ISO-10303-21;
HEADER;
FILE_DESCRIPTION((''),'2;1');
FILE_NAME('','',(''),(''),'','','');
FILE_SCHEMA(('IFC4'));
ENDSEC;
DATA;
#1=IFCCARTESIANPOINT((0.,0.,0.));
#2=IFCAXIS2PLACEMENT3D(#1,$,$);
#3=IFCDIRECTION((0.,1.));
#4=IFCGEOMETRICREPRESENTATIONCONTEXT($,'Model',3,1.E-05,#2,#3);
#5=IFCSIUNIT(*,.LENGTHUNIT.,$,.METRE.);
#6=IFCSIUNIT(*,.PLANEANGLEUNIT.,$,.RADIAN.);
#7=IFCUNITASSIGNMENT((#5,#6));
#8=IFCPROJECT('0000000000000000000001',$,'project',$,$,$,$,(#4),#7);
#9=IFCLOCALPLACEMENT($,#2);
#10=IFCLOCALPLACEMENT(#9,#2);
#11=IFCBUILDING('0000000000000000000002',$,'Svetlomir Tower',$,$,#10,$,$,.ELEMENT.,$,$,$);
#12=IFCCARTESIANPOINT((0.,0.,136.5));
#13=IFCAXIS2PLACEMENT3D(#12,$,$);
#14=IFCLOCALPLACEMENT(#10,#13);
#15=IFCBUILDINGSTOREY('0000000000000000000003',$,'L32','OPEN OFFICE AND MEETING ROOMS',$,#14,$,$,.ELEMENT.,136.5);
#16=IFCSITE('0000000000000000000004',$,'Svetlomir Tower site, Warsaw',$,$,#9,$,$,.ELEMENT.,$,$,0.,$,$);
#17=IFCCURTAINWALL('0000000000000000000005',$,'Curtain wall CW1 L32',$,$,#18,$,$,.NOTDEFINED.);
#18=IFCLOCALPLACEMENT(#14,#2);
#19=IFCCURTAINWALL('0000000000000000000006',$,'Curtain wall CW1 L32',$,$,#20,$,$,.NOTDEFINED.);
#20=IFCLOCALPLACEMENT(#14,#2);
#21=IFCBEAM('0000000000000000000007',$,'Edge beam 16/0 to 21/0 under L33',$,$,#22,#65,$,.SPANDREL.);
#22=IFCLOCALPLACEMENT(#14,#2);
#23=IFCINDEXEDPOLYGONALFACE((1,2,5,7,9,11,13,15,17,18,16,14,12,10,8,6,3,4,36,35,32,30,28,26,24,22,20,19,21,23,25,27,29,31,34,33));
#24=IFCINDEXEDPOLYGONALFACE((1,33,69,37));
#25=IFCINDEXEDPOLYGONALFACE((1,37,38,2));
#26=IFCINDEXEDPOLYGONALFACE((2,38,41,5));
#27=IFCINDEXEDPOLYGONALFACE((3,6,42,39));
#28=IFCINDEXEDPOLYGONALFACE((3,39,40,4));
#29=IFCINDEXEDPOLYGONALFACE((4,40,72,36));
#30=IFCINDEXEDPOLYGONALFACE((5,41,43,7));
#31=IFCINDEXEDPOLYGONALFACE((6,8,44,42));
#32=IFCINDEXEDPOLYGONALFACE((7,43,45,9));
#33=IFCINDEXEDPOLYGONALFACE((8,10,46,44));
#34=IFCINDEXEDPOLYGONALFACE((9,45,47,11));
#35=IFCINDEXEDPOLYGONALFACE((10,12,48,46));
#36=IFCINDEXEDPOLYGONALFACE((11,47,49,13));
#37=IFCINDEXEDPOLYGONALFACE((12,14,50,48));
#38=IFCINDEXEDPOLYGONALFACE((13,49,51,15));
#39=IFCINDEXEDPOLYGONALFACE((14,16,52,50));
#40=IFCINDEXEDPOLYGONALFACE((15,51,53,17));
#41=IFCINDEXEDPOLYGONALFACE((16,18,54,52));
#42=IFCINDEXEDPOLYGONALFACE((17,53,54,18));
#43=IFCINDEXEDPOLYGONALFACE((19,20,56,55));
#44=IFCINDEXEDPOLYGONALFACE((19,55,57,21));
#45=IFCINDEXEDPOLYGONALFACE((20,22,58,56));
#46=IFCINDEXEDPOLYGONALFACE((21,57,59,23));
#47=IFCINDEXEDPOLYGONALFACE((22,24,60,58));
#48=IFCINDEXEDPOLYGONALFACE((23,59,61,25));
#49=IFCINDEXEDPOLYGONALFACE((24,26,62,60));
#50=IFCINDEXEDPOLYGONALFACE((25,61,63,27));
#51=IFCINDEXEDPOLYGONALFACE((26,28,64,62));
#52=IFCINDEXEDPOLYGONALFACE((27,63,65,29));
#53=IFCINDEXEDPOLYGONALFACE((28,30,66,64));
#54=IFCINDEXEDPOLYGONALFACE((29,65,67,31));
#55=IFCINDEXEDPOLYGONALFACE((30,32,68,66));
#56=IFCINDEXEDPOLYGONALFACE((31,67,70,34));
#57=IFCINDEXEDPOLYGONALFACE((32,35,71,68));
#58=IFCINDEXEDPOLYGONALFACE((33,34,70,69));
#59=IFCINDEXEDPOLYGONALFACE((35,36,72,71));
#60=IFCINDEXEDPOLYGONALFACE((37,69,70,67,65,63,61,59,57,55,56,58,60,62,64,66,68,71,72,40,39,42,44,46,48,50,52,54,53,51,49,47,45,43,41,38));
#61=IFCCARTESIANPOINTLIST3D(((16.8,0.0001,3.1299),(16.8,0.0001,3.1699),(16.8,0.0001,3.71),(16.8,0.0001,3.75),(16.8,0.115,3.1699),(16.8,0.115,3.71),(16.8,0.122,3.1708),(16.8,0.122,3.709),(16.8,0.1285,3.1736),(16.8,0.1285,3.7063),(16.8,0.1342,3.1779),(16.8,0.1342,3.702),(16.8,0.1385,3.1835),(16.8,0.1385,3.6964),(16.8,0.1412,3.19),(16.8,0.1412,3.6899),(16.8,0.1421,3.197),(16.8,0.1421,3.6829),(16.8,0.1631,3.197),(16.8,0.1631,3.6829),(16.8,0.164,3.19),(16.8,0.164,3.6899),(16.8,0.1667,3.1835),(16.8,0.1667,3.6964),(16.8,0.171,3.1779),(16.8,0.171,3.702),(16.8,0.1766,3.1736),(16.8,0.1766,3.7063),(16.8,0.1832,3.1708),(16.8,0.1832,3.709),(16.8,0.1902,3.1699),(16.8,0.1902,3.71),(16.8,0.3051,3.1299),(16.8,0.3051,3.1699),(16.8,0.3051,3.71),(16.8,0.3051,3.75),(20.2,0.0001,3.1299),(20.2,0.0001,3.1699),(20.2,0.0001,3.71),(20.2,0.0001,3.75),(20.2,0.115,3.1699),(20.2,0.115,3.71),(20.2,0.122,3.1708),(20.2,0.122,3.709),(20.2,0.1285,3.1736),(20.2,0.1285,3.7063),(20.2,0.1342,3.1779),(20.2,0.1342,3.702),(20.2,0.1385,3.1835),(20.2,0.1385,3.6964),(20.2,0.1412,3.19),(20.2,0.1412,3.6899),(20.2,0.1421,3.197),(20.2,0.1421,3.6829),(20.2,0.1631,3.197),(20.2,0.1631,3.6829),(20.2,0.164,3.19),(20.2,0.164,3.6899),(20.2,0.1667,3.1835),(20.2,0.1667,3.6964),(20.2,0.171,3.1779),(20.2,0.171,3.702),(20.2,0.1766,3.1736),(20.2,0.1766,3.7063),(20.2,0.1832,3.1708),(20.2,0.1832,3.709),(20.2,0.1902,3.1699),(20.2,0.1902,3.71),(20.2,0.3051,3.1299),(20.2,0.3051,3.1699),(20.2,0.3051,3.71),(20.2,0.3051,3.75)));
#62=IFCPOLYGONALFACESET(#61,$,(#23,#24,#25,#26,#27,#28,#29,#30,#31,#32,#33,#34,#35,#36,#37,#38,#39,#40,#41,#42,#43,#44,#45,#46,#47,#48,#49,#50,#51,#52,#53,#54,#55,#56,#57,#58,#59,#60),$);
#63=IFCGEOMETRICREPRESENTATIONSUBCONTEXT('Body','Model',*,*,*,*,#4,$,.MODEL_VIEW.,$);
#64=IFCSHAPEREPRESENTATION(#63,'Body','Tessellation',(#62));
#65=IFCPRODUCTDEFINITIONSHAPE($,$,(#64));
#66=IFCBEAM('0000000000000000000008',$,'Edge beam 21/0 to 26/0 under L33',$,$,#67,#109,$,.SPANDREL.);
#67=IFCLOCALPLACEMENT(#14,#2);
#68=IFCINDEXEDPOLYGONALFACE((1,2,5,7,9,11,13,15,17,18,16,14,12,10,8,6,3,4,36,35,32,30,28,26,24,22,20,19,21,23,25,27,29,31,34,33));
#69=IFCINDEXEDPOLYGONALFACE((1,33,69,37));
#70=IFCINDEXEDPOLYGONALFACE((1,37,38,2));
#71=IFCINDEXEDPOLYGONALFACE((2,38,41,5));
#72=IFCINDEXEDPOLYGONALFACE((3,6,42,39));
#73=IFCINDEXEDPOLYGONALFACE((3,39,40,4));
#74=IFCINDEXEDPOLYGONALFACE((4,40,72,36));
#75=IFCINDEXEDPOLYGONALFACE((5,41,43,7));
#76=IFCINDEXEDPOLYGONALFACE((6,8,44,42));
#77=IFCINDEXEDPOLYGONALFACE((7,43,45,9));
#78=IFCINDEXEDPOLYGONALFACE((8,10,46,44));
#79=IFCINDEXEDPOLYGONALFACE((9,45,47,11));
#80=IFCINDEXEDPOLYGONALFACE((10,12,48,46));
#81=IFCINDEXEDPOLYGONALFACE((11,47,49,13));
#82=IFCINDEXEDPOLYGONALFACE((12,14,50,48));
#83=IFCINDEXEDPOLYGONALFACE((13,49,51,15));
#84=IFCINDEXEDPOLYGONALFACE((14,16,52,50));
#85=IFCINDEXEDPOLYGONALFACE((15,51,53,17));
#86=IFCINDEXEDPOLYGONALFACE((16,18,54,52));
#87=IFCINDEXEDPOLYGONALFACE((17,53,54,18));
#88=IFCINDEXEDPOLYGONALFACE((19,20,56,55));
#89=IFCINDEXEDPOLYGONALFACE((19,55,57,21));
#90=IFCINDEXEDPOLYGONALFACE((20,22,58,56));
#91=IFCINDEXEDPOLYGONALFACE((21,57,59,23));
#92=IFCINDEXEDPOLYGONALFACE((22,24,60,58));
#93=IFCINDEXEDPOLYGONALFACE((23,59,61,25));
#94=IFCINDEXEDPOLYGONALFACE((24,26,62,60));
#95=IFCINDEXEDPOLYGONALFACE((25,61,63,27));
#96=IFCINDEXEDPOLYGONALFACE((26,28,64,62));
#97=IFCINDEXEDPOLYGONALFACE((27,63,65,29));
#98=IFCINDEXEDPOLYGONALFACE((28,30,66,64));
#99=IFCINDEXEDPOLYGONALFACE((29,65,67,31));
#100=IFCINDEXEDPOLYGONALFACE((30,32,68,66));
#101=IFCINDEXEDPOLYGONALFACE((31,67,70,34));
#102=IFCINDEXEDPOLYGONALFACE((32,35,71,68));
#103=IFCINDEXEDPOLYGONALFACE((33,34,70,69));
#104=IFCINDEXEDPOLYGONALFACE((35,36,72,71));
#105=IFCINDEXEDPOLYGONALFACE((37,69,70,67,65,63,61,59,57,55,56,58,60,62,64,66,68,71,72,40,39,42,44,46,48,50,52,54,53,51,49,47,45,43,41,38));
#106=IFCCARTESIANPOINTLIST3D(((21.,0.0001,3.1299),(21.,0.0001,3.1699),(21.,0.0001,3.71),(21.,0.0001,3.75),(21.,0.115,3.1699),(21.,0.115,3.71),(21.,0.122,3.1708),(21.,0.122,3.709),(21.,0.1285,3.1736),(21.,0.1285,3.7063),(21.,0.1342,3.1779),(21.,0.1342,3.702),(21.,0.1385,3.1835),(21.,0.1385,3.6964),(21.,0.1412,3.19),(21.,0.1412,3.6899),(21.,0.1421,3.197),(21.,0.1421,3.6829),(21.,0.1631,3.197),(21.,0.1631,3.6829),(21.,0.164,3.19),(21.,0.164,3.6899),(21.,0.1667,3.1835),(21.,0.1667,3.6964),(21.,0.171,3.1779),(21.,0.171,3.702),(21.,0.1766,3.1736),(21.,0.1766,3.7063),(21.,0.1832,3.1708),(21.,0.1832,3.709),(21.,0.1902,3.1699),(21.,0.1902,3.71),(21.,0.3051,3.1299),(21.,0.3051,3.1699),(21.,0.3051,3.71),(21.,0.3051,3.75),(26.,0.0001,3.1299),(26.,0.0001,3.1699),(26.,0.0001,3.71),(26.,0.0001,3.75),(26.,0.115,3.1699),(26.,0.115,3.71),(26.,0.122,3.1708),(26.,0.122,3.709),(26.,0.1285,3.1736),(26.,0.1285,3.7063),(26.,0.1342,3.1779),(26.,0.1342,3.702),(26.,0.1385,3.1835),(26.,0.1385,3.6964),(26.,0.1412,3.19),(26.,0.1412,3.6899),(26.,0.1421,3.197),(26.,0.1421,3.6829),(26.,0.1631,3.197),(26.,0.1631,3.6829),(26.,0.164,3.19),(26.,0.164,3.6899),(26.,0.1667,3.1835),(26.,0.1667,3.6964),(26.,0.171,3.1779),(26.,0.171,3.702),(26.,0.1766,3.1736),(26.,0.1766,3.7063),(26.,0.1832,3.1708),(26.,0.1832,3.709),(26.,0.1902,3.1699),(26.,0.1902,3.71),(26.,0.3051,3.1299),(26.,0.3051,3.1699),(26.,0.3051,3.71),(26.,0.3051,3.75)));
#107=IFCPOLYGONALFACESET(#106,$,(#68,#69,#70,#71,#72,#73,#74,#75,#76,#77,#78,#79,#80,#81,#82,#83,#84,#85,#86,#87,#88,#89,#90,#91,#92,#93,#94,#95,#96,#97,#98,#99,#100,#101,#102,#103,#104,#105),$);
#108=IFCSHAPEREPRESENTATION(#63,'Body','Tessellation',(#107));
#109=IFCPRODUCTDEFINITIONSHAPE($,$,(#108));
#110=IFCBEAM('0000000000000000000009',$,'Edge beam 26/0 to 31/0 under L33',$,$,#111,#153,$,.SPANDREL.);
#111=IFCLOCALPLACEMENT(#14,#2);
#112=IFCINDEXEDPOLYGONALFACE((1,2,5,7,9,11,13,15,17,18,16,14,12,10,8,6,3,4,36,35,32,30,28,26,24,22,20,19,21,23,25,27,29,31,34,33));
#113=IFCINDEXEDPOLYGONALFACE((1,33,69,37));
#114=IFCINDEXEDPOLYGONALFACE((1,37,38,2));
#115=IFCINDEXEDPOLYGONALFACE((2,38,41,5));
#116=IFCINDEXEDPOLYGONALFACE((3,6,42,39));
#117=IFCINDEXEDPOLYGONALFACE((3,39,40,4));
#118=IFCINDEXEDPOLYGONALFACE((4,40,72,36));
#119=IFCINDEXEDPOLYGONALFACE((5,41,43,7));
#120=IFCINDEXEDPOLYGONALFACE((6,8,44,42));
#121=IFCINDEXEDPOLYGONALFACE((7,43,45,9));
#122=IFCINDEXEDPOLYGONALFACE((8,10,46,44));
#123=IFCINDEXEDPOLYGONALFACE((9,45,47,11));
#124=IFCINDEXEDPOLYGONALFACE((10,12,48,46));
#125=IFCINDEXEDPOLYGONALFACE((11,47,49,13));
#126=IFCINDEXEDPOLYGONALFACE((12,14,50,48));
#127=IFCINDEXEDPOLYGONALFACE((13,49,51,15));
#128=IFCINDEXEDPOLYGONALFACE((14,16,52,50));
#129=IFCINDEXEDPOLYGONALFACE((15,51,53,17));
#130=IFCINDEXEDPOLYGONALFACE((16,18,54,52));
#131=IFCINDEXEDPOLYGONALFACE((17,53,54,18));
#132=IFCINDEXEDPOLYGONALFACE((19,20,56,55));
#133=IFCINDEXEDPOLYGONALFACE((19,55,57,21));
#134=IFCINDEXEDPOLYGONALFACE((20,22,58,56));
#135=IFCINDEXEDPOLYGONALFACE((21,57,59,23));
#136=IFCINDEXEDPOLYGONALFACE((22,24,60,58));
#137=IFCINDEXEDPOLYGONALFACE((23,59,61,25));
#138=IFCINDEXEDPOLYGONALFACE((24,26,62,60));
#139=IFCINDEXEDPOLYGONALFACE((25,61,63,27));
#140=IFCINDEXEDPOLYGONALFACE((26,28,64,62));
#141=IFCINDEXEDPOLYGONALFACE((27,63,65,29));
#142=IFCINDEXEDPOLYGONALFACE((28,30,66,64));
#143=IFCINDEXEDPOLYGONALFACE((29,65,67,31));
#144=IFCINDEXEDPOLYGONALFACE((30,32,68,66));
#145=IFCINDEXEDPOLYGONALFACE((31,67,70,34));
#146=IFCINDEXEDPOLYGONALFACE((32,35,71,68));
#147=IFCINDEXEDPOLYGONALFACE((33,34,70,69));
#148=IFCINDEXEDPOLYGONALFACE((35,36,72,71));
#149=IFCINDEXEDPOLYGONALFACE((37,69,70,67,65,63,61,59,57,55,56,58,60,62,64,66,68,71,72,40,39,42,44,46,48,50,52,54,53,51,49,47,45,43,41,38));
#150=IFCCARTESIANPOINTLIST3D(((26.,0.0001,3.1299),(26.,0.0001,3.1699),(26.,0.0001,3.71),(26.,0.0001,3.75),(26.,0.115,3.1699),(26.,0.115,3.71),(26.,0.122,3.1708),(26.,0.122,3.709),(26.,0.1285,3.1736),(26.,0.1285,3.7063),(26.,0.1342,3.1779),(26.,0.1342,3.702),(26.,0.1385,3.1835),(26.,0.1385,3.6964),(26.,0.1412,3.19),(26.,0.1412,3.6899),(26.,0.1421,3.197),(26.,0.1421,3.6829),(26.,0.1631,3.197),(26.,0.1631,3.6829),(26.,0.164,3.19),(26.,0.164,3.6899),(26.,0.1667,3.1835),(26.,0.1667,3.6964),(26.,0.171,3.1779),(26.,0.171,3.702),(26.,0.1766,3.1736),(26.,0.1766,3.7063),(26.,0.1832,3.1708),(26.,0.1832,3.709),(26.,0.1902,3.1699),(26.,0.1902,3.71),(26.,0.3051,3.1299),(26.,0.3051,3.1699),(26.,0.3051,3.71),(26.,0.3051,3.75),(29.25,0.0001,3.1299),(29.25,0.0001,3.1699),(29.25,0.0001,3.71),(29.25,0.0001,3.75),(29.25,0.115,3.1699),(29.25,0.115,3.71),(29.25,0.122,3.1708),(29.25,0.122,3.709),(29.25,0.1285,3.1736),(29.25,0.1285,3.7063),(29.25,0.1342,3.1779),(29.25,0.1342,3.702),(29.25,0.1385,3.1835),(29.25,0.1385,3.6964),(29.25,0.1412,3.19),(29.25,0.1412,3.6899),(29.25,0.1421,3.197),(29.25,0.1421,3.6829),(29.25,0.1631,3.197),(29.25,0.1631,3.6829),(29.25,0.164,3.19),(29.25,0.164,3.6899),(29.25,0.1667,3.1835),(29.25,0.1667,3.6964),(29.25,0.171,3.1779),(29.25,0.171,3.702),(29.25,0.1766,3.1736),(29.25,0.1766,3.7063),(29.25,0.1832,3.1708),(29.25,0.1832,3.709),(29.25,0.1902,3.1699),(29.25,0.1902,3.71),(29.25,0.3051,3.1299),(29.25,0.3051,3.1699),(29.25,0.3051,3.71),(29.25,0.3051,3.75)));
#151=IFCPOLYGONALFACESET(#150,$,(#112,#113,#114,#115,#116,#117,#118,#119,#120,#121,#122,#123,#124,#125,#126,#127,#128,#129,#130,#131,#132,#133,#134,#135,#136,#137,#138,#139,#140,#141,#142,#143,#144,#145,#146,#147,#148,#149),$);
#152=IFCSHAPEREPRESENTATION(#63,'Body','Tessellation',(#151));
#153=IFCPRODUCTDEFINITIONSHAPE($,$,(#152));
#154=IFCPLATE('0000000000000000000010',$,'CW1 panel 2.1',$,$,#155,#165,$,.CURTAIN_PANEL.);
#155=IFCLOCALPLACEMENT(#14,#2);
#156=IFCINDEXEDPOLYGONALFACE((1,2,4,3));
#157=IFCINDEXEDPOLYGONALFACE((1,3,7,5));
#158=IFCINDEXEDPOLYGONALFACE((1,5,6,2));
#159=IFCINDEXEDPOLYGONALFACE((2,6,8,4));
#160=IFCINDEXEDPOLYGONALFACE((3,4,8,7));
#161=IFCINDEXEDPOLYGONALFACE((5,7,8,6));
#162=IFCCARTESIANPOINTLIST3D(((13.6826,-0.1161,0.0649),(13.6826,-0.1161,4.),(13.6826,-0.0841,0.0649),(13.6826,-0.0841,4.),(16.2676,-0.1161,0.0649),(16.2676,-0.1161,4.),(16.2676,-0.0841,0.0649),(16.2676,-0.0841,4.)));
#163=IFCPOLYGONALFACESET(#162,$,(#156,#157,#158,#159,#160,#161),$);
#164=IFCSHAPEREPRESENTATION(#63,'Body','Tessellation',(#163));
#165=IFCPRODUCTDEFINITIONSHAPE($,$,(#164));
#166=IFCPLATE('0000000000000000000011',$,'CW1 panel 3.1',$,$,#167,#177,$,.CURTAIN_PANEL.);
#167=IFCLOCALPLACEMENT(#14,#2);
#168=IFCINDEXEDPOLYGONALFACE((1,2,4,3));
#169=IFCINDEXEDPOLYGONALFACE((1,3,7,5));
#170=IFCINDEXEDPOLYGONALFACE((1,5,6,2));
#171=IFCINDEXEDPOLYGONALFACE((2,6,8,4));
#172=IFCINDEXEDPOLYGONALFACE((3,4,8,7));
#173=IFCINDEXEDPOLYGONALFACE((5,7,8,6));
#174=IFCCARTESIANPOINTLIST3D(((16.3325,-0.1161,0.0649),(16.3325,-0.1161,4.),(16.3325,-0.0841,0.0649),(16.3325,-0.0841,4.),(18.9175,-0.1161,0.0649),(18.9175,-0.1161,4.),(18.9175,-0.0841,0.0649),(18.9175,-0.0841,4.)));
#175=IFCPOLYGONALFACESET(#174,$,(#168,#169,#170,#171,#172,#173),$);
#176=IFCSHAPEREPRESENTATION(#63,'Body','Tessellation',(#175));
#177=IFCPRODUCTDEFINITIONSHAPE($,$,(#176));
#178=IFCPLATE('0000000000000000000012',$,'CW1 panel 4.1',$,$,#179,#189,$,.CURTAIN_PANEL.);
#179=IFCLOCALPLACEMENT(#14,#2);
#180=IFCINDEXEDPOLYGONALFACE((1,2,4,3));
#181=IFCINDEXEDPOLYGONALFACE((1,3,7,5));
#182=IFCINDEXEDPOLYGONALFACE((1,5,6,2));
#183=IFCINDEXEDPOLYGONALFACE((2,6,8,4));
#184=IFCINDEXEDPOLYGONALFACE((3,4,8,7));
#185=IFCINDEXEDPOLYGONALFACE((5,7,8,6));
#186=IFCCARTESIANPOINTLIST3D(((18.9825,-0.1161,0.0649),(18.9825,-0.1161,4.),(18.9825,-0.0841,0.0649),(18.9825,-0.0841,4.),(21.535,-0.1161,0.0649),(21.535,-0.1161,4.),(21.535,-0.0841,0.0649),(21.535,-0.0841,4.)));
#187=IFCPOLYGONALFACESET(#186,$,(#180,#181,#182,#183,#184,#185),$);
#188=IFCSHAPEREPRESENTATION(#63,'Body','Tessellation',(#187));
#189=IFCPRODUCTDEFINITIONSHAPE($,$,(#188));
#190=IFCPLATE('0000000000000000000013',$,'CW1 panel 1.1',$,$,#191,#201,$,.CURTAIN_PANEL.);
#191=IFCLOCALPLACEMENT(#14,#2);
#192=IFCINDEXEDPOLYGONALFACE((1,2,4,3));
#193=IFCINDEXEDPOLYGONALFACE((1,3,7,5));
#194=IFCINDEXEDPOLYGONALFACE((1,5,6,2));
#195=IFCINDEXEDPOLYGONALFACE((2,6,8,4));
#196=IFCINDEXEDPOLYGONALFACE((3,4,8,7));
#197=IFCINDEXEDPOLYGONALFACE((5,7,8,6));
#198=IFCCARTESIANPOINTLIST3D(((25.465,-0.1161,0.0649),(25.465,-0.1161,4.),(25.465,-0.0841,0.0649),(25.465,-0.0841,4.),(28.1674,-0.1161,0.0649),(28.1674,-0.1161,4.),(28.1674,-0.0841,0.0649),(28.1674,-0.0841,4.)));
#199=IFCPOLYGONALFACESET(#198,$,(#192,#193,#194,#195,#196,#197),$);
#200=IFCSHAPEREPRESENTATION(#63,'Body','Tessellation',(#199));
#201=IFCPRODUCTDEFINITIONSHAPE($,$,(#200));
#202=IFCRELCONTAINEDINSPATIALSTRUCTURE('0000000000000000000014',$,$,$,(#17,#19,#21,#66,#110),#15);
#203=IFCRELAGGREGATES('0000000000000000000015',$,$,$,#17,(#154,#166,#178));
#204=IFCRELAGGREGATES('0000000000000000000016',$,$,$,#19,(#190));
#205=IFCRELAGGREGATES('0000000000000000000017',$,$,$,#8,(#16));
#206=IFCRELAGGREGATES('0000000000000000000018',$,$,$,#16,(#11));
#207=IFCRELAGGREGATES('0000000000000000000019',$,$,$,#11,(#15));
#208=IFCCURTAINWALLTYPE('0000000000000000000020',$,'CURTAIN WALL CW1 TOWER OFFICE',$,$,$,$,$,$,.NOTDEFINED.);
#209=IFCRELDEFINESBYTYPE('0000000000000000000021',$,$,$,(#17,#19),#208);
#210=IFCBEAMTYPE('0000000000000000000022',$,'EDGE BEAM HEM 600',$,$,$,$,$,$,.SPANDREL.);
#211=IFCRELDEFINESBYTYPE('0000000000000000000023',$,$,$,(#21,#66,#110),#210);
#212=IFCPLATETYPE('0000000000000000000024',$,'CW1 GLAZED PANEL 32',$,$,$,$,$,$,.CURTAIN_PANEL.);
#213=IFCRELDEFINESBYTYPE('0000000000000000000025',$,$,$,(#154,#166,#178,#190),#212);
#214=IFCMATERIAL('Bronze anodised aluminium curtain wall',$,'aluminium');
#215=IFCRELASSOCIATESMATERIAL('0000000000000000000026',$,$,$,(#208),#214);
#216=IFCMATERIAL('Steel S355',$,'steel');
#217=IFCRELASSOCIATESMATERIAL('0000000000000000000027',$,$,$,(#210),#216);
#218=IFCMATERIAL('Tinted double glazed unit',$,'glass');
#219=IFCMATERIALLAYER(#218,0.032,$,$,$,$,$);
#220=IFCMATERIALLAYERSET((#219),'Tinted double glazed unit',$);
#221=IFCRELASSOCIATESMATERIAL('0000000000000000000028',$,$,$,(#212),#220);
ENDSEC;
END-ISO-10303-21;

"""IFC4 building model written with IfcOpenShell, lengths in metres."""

from ifc_helpers import new_model, si_unit, direction, frame, origin, origin_2d, place, context, subcontext, project, spatial, rectangle, i_section, extrude, material, layer, layer_set, material_profile, profile_set, type_object, element, aggregate, save


model = new_model("IFC4")

# Units and contexts
model_context = context("Model", 3, precision=1e-05, world=origin(), true_north=direction((0.0, 1.0)))
body_context = subcontext(model_context, "Body", "Model", "MODEL_VIEW")
ifc_project = project(units=[si_unit("LENGTHUNIT", "METRE"), si_unit("PLANEANGLEUNIT", "RADIAN")], contexts=[model_context])

# Site, building, storey
site_placement = place(None, origin())
site = spatial("IfcSite", under=ifc_project, at=site_placement, Name="Svetlomir Tower site, Warsaw", CompositionType="ELEMENT", RefElevation=0.0)
building_placement = place(site_placement, origin())
building = spatial("IfcBuilding", under=site, at=building_placement, Name="Svetlomir Tower", CompositionType="ELEMENT")
storey_placement = place(building_placement, frame((0.0, 0.0, 136.5)))
storey = spatial("IfcBuildingStorey", under=building, at=storey_placement, Name="L32", Description="OPEN OFFICE AND MEETING ROOMS", CompositionType="ELEMENT", Elevation=136.5)

# Curtain walls
ifc_material_1 = material(Name="Bronze anodised aluminium curtain wall", Category="aluminium")
curtain_wall_type = type_object("IfcCurtainWallType", Name="CURTAIN WALL CW1 TOWER OFFICE", PredefinedType="NOTDEFINED", material=ifc_material_1)
curtain_wall_1_placement = place(storey_placement, origin())
curtain_wall_1 = element("IfcCurtainWall", 1, at=curtain_wall_1_placement, inside=storey, type_object=curtain_wall_type, Name="Curtain wall CW1 L32", PredefinedType="NOTDEFINED")
curtain_wall_2_placement = place(storey_placement, origin())
curtain_wall_2 = element("IfcCurtainWall", 2, at=curtain_wall_2_placement, inside=storey, type_object=curtain_wall_type, Name="Curtain wall CW1 L32", PredefinedType="NOTDEFINED")

# Beams
ifc_material_2 = material(Name="Steel S355", Category="steel")
ifc_material_profile_1 = material_profile(ifc_material_2, i_section(OverallWidth=0.3049, OverallDepth=0.6201, WebThickness=0.021, FlangeThickness=0.04, FilletRadius=0.0271, at=origin_2d()), Name="HEM 600")
ifc_profile_set_1 = profile_set([ifc_material_profile_1], Name="Steel S355")
beam_type_1 = type_object("IfcBeamType", Name="EDGE BEAM HEM 600", PredefinedType="SPANDREL", material=ifc_profile_set_1)
beam_1_placement = place(storey_placement, frame((16.8, 0.1526, 3.4399), z_axis=(1.0, 0.0, 0.0), x_axis=(0.0, 1.0, 0.0)))
element("IfcBeam", 3, at=beam_1_placement, inside=storey, type_object=beam_type_1, Name="Edge beam 16/0 to 21/0 under L33", PredefinedType="SPANDREL", context=body_context, shape_type="SweptSolid", body=[
    extrude(i_section(OverallWidth=0.3049, OverallDepth=0.6201, WebThickness=0.021, FlangeThickness=0.04, FilletRadius=0.0271, at=origin_2d()), origin(), (0.0, 0.0, 1.0), 3.3999),
])
beam_2_placement = place(storey_placement, frame((21.0, 0.1526, 3.4399), z_axis=(1.0, 0.0, 0.0), x_axis=(0.0, 1.0, 0.0)))
element("IfcBeam", 4, at=beam_2_placement, inside=storey, type_object=beam_type_1, Name="Edge beam 21/0 to 26/0 under L33", PredefinedType="SPANDREL", context=body_context, shape_type="SweptSolid", body=[
    extrude(i_section(OverallWidth=0.3049, OverallDepth=0.6201, WebThickness=0.021, FlangeThickness=0.04, FilletRadius=0.0271, at=origin_2d()), origin(), (0.0, 0.0, 1.0), 5.0),
])
beam_3_placement = place(storey_placement, frame((26.0, 0.1526, 3.4399), z_axis=(1.0, 0.0, 0.0), x_axis=(0.0, 1.0, 0.0)))
element("IfcBeam", 5, at=beam_3_placement, inside=storey, type_object=beam_type_1, Name="Edge beam 26/0 to 31/0 under L33", PredefinedType="SPANDREL", context=body_context, shape_type="SweptSolid", body=[
    extrude(i_section(OverallWidth=0.3049, OverallDepth=0.6201, WebThickness=0.021, FlangeThickness=0.04, FilletRadius=0.0271, at=origin_2d()), origin(), (0.0, 0.0, 1.0), 3.25),
])

# Plates
ifc_material_3 = material(Name="Tinted double glazed unit", Category="glass")
ifc_layer_1 = layer(ifc_material_3, 0.032)
ifc_layer_set_1 = layer_set([ifc_layer_1], Name="Tinted double glazed unit")
plate_type = type_object("IfcPlateType", Name="CW1 GLAZED PANEL 32", PredefinedType="CURTAIN_PANEL", material=ifc_layer_set_1)
plate_1_placement = place(storey_placement, frame((14.9751, -0.1001, 0.0649), z_axis=(0.0, 0.0, 1.0), x_axis=(1.0, 0.0, 0.0)))
plate_1 = element("IfcPlate", 6, at=plate_1_placement, type_object=plate_type, Name="CW1 panel 2.1", PredefinedType="CURTAIN_PANEL", context=body_context, shape_type="SweptSolid", body=[
    extrude(rectangle(XDim=2.585, YDim=0.032, at=origin_2d()), origin(), (0.0, 0.0, 1.0), 3.9351),
])
plate_2_placement = place(storey_placement, frame((17.625, -0.1001, 0.0649), z_axis=(0.0, 0.0, 1.0), x_axis=(1.0, 0.0, 0.0)))
plate_2 = element("IfcPlate", 7, at=plate_2_placement, type_object=plate_type, Name="CW1 panel 3.1", PredefinedType="CURTAIN_PANEL", context=body_context, shape_type="SweptSolid", body=[
    extrude(rectangle(XDim=2.585, YDim=0.032, at=origin_2d()), origin(), (0.0, 0.0, 1.0), 3.9351),
])
plate_3_placement = place(storey_placement, frame((20.2588, -0.1001, 0.0649), z_axis=(0.0, 0.0, 1.0), x_axis=(1.0, 0.0, 0.0)))
plate_3 = element("IfcPlate", 8, at=plate_3_placement, type_object=plate_type, Name="CW1 panel 4.1", PredefinedType="CURTAIN_PANEL", context=body_context, shape_type="SweptSolid", body=[
    extrude(rectangle(XDim=2.5525, YDim=0.032, at=origin_2d()), origin(), (0.0, 0.0, 1.0), 3.9351),
])
aggregate(curtain_wall_1, [plate_1, plate_2, plate_3])
plate_4_placement = place(storey_placement, frame((26.8162, -0.1001, 0.0649), z_axis=(0.0, 0.0, 1.0), x_axis=(1.0, 0.0, 0.0)))
plate_4 = element("IfcPlate", 9, at=plate_4_placement, type_object=plate_type, Name="CW1 panel 1.1", PredefinedType="CURTAIN_PANEL", context=body_context, shape_type="SweptSolid", body=[
    extrude(rectangle(XDim=2.7024, YDim=0.032, at=origin_2d()), origin(), (0.0, 0.0, 1.0), 3.9351),
])
aggregate(curtain_wall_2, [plate_4])

save(model, "model.ifc")
